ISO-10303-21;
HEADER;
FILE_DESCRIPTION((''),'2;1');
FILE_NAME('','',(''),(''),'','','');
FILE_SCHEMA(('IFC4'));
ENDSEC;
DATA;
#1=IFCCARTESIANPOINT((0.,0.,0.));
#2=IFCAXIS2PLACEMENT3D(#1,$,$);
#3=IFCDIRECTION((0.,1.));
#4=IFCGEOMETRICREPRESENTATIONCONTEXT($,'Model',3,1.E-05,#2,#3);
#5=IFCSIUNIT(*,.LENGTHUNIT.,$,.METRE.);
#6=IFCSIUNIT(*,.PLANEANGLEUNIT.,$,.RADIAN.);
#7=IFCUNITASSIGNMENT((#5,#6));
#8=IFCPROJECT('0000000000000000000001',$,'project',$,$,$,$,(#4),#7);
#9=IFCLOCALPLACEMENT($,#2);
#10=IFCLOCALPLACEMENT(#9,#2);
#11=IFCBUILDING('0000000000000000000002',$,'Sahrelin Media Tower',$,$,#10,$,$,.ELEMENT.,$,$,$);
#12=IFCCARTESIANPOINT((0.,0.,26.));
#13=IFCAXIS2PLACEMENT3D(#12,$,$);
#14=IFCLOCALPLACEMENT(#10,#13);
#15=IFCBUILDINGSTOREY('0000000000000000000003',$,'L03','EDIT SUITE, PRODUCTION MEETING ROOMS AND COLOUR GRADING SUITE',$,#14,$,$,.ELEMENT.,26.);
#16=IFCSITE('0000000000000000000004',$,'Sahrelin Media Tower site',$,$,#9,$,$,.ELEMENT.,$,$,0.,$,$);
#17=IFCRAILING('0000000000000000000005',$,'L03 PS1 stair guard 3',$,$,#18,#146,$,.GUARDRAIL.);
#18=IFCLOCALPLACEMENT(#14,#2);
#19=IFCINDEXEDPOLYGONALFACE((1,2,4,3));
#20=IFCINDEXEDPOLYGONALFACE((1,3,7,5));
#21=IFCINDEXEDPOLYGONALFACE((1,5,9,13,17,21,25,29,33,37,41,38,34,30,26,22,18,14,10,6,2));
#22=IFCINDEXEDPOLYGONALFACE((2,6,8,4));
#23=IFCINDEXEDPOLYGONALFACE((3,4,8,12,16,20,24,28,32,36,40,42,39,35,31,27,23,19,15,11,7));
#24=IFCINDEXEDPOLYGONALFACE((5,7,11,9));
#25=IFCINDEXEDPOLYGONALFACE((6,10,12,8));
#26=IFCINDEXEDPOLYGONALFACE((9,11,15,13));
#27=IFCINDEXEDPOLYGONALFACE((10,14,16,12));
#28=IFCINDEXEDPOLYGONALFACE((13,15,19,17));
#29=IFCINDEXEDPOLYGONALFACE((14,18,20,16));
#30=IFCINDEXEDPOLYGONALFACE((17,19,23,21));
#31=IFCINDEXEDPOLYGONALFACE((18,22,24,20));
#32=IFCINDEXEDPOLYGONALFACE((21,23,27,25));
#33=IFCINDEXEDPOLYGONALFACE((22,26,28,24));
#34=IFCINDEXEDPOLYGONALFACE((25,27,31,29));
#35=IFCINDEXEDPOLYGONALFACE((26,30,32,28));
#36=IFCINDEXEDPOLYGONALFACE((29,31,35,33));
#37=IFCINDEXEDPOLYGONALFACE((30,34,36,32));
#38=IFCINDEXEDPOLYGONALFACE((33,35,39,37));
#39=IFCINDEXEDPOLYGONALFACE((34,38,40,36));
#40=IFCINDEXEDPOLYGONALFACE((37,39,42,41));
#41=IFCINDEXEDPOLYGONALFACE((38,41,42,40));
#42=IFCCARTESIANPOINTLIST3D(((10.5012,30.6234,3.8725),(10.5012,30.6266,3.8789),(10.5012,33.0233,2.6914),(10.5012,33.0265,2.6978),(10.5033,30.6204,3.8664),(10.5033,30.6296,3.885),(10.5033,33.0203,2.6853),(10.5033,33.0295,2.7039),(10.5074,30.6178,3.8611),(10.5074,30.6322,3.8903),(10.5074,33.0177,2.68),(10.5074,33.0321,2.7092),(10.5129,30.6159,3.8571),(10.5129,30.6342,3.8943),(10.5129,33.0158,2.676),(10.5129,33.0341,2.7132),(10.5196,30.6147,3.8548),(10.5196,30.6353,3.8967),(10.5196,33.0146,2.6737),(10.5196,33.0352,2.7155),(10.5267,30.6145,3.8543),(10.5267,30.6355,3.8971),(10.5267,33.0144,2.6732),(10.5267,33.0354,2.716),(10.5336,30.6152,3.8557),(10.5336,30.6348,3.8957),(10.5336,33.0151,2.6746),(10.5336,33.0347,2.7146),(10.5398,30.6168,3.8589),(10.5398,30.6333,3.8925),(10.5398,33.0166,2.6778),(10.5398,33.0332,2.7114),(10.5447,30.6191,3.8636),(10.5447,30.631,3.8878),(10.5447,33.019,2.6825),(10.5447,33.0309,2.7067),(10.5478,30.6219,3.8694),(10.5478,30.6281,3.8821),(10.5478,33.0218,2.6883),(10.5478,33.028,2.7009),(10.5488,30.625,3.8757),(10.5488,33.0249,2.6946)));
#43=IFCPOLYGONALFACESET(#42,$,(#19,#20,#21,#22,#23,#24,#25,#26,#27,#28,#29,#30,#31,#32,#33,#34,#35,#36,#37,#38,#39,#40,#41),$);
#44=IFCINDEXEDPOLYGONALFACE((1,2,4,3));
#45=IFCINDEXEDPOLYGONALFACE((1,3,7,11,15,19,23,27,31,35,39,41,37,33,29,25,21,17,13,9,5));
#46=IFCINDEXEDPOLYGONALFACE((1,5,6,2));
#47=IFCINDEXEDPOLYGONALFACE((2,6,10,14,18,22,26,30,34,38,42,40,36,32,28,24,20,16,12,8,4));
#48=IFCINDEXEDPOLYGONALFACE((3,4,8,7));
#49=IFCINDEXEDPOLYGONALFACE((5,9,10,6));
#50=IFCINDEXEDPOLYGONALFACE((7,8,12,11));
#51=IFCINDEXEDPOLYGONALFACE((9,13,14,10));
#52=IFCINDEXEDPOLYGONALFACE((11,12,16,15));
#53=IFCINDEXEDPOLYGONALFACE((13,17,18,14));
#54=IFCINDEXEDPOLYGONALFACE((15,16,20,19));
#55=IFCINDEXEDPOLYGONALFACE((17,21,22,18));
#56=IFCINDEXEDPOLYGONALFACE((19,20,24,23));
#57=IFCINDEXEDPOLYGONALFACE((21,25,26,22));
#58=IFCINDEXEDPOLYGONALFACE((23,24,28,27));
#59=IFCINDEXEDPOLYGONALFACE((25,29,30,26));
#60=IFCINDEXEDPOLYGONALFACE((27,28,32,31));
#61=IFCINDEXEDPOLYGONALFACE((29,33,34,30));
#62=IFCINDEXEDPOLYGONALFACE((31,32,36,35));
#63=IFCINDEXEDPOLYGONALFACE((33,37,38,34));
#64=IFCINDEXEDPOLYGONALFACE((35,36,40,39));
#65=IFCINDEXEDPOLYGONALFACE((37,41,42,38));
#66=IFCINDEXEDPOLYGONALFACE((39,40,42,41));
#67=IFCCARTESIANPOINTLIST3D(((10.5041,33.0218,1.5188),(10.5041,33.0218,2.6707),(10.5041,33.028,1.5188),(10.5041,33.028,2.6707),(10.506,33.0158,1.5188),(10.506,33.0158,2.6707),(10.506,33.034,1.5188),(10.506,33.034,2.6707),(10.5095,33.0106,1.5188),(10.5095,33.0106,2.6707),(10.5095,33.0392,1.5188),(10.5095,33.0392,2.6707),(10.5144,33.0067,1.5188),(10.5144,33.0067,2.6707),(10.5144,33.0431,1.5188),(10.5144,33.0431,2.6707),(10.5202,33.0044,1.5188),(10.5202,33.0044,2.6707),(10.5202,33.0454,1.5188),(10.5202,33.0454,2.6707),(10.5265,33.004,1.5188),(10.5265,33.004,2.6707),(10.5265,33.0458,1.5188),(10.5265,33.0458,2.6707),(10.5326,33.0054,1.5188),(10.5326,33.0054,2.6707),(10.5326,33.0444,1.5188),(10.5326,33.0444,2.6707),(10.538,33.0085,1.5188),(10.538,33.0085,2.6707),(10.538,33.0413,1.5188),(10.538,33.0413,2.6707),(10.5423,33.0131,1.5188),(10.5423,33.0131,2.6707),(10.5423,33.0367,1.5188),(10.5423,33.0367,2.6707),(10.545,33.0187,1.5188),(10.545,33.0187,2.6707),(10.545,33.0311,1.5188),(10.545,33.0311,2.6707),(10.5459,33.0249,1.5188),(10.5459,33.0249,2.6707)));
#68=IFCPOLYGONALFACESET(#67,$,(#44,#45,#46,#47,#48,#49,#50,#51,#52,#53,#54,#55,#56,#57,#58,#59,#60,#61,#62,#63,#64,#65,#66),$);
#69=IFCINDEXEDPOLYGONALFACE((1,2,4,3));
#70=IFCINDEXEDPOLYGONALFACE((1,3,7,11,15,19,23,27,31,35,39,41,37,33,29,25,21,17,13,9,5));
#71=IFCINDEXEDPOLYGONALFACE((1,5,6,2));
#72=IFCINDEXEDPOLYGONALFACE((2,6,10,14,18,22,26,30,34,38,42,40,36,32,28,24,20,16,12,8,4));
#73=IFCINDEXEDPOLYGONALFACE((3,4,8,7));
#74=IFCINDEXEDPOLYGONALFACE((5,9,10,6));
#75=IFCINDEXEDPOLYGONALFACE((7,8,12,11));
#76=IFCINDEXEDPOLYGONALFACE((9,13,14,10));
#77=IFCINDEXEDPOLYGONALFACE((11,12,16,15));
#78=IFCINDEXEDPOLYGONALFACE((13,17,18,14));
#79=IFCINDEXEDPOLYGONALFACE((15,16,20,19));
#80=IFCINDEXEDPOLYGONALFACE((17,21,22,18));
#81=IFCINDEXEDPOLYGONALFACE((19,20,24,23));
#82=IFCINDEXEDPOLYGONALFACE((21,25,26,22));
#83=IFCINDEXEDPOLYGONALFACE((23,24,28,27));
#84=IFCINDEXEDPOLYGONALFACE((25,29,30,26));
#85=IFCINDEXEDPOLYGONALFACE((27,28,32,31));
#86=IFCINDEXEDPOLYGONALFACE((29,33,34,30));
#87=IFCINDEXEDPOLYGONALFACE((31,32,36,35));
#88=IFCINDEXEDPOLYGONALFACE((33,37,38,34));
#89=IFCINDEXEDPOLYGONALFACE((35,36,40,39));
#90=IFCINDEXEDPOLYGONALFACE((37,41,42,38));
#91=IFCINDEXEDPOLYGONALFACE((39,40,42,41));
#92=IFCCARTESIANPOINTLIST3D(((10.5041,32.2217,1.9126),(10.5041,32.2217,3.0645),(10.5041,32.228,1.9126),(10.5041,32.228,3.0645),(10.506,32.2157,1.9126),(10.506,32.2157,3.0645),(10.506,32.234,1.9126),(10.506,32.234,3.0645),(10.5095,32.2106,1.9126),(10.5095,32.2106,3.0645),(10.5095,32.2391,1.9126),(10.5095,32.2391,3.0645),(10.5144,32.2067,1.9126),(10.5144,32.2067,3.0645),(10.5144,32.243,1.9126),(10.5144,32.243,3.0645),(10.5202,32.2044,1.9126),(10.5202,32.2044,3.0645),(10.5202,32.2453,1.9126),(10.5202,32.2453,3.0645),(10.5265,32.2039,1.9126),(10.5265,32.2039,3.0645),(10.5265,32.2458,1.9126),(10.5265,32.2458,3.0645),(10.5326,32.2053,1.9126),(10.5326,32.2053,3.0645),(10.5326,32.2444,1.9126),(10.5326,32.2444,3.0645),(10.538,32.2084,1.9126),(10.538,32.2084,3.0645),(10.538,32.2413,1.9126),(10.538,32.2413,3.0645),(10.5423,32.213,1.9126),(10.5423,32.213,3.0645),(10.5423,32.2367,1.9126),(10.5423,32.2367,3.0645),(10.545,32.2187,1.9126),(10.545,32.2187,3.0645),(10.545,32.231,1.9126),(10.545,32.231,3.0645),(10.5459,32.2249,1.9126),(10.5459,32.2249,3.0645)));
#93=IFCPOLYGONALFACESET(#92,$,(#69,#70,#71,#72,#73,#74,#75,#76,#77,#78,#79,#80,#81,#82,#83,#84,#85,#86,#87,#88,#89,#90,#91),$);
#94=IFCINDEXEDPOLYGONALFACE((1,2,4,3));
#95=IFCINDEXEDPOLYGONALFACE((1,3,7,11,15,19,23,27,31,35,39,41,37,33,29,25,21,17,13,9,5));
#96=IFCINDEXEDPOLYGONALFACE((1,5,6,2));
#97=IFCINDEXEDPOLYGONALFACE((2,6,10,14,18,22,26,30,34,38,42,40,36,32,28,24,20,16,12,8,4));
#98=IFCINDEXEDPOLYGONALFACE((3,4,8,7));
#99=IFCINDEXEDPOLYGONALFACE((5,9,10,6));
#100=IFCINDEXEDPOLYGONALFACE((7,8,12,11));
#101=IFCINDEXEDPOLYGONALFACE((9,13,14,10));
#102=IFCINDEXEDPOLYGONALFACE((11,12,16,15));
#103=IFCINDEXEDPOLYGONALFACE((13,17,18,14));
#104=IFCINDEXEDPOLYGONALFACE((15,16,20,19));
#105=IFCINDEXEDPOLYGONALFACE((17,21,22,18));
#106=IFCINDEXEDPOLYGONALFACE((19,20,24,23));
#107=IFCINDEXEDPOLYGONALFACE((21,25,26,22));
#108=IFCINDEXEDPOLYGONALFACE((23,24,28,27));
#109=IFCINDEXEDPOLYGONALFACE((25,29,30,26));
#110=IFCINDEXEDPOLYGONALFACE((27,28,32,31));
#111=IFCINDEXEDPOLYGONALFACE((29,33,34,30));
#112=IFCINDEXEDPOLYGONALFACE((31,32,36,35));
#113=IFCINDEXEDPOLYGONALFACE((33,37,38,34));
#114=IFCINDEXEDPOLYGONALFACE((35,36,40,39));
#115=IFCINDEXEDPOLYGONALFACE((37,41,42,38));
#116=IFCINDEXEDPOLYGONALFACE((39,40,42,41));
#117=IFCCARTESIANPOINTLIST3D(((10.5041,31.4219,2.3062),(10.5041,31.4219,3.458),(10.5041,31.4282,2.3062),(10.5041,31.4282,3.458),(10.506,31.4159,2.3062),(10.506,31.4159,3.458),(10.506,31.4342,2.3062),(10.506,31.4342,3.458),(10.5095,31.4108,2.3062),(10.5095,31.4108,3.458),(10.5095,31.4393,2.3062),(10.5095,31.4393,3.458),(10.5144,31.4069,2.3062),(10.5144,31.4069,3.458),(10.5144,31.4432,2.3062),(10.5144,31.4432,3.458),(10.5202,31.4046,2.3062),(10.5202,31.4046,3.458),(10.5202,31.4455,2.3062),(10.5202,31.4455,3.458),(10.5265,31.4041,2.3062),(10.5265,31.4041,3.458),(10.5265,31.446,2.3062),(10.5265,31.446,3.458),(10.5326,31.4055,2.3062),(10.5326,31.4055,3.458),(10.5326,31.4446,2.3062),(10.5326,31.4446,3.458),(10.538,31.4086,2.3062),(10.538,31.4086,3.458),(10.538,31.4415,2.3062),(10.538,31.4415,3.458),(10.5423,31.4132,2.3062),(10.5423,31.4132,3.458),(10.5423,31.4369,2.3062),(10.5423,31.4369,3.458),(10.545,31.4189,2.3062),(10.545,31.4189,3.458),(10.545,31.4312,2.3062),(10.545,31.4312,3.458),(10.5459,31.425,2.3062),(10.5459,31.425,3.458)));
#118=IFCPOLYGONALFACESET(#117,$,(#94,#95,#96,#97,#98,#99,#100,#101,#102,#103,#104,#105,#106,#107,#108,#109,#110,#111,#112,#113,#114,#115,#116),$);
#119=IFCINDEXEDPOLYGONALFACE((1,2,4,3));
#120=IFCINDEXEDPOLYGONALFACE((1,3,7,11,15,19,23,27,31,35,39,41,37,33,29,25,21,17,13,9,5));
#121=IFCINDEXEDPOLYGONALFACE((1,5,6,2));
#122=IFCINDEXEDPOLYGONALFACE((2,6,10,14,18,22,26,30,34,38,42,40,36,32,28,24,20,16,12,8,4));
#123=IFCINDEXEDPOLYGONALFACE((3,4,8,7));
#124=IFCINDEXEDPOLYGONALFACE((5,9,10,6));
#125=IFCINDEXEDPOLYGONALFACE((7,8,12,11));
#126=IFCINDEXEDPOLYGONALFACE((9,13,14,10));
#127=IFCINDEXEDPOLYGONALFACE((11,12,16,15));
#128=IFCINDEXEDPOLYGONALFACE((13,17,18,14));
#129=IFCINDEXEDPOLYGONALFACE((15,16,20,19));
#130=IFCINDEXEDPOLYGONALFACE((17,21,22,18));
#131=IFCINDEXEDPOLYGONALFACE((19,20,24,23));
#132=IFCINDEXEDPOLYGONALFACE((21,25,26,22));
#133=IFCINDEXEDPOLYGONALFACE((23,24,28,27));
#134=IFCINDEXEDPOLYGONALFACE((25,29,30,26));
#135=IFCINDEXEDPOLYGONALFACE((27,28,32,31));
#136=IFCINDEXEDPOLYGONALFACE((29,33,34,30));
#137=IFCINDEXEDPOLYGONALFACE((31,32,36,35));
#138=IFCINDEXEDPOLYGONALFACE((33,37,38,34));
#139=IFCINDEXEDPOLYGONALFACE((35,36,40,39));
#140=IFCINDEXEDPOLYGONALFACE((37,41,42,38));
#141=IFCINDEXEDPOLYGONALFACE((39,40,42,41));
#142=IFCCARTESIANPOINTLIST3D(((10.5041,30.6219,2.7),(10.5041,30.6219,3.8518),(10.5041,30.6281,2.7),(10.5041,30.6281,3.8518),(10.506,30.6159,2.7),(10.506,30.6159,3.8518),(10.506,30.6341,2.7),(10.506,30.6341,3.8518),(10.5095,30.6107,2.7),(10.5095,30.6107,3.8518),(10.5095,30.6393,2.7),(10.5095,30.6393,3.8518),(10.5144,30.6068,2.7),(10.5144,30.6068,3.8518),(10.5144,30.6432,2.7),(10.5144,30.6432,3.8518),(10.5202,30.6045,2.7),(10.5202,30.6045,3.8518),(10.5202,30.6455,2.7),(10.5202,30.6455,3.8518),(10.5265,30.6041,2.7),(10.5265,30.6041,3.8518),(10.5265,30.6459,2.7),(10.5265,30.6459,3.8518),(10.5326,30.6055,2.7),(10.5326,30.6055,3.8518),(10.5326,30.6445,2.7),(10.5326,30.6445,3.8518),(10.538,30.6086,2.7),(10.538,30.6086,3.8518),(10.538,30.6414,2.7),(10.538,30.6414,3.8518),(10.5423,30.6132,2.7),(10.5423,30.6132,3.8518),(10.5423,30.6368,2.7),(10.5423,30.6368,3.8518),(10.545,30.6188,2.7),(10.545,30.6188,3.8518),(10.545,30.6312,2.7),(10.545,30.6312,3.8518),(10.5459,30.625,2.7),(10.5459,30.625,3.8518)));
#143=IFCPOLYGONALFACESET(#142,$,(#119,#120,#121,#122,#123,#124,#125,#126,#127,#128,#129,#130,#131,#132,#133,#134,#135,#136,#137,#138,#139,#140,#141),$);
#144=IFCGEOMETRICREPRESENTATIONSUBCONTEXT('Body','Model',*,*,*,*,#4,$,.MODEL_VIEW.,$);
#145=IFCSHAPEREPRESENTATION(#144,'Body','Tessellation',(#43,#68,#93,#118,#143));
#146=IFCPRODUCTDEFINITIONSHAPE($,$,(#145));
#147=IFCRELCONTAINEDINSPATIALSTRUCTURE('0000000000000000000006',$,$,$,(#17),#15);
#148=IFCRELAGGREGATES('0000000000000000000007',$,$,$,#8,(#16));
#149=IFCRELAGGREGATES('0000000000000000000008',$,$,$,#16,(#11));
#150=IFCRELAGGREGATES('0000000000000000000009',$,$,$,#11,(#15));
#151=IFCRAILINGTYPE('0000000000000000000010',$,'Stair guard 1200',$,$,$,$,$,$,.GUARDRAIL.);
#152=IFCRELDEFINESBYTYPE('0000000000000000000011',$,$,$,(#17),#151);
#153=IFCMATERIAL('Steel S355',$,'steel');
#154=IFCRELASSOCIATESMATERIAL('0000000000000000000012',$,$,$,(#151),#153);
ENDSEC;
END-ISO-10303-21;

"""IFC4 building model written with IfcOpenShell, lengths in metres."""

from ifc_helpers import new_model, si_unit, direction, frame, origin, origin_2d, place, context, subcontext, project, spatial, circle, extrude, material, type_object, element, save


model = new_model("IFC4")

# Units and contexts
model_context = context("Model", 3, precision=1e-05, world=origin(), true_north=direction((0.0, 1.0)))
body_context = subcontext(model_context, "Body", "Model", "MODEL_VIEW")
ifc_project = project(units=[si_unit("LENGTHUNIT", "METRE"), si_unit("PLANEANGLEUNIT", "RADIAN")], contexts=[model_context])

# Site, building, storey
site_placement = place(None, origin())
site = spatial("IfcSite", under=ifc_project, at=site_placement, Name="Sahrelin Media Tower site", CompositionType="ELEMENT", RefElevation=0.0)
building_placement = place(site_placement, origin())
building = spatial("IfcBuilding", under=site, at=building_placement, Name="Sahrelin Media Tower", CompositionType="ELEMENT")
storey_placement = place(building_placement, frame((0.0, 0.0, 26.0)))
storey = spatial("IfcBuildingStorey", under=building, at=storey_placement, Name="L03", Description="EDIT SUITE, PRODUCTION MEETING ROOMS AND COLOUR GRADING SUITE", CompositionType="ELEMENT", Elevation=26.0)

# Shared definitions
ifc_material_1 = material(Name="Steel S355", Category="steel")

# Railing
railing_type_1 = type_object("IfcRailingType", Name="Stair guard 1200", PredefinedType="GUARDRAIL", material=ifc_material_1)
railing_1_placement = place(storey_placement, frame((10.5249, 33.0249, 1.5188)))
element("IfcRailing", 1, at=railing_1_placement, inside=storey, type_object=railing_type_1, Name="L03 PS1 stair guard 3", PredefinedType="GUARDRAIL", context=body_context, shape_type="SweptSolid", body=[
    extrude(circle(Radius=0.0239, at=origin_2d()), frame((0.0, 0.0, 1.1758), z_axis=(0.0, -0.897221, 0.441582), x_axis=(1.0, 0.0, 0.0)), (0.0, 0.0, 1.0), 2.6748),
    extrude(circle(Radius=0.021, at=origin_2d()), origin(), (0.0, 0.0, 1.0), 1.1519),
    extrude(circle(Radius=0.021, at=origin_2d()), frame((0.0, -0.8, 0.3938)), (0.0, 0.0, 1.0), 1.1519),
    extrude(circle(Radius=0.021, at=origin_2d()), frame((0.0, -1.5999, 0.7874)), (0.0, 0.0, 1.0), 1.1519),
    extrude(circle(Radius=0.021, at=origin_2d()), frame((0.0, -2.3999, 1.1812)), (0.0, 0.0, 1.0), 1.1519),
])

save(model, "model.ifc")
